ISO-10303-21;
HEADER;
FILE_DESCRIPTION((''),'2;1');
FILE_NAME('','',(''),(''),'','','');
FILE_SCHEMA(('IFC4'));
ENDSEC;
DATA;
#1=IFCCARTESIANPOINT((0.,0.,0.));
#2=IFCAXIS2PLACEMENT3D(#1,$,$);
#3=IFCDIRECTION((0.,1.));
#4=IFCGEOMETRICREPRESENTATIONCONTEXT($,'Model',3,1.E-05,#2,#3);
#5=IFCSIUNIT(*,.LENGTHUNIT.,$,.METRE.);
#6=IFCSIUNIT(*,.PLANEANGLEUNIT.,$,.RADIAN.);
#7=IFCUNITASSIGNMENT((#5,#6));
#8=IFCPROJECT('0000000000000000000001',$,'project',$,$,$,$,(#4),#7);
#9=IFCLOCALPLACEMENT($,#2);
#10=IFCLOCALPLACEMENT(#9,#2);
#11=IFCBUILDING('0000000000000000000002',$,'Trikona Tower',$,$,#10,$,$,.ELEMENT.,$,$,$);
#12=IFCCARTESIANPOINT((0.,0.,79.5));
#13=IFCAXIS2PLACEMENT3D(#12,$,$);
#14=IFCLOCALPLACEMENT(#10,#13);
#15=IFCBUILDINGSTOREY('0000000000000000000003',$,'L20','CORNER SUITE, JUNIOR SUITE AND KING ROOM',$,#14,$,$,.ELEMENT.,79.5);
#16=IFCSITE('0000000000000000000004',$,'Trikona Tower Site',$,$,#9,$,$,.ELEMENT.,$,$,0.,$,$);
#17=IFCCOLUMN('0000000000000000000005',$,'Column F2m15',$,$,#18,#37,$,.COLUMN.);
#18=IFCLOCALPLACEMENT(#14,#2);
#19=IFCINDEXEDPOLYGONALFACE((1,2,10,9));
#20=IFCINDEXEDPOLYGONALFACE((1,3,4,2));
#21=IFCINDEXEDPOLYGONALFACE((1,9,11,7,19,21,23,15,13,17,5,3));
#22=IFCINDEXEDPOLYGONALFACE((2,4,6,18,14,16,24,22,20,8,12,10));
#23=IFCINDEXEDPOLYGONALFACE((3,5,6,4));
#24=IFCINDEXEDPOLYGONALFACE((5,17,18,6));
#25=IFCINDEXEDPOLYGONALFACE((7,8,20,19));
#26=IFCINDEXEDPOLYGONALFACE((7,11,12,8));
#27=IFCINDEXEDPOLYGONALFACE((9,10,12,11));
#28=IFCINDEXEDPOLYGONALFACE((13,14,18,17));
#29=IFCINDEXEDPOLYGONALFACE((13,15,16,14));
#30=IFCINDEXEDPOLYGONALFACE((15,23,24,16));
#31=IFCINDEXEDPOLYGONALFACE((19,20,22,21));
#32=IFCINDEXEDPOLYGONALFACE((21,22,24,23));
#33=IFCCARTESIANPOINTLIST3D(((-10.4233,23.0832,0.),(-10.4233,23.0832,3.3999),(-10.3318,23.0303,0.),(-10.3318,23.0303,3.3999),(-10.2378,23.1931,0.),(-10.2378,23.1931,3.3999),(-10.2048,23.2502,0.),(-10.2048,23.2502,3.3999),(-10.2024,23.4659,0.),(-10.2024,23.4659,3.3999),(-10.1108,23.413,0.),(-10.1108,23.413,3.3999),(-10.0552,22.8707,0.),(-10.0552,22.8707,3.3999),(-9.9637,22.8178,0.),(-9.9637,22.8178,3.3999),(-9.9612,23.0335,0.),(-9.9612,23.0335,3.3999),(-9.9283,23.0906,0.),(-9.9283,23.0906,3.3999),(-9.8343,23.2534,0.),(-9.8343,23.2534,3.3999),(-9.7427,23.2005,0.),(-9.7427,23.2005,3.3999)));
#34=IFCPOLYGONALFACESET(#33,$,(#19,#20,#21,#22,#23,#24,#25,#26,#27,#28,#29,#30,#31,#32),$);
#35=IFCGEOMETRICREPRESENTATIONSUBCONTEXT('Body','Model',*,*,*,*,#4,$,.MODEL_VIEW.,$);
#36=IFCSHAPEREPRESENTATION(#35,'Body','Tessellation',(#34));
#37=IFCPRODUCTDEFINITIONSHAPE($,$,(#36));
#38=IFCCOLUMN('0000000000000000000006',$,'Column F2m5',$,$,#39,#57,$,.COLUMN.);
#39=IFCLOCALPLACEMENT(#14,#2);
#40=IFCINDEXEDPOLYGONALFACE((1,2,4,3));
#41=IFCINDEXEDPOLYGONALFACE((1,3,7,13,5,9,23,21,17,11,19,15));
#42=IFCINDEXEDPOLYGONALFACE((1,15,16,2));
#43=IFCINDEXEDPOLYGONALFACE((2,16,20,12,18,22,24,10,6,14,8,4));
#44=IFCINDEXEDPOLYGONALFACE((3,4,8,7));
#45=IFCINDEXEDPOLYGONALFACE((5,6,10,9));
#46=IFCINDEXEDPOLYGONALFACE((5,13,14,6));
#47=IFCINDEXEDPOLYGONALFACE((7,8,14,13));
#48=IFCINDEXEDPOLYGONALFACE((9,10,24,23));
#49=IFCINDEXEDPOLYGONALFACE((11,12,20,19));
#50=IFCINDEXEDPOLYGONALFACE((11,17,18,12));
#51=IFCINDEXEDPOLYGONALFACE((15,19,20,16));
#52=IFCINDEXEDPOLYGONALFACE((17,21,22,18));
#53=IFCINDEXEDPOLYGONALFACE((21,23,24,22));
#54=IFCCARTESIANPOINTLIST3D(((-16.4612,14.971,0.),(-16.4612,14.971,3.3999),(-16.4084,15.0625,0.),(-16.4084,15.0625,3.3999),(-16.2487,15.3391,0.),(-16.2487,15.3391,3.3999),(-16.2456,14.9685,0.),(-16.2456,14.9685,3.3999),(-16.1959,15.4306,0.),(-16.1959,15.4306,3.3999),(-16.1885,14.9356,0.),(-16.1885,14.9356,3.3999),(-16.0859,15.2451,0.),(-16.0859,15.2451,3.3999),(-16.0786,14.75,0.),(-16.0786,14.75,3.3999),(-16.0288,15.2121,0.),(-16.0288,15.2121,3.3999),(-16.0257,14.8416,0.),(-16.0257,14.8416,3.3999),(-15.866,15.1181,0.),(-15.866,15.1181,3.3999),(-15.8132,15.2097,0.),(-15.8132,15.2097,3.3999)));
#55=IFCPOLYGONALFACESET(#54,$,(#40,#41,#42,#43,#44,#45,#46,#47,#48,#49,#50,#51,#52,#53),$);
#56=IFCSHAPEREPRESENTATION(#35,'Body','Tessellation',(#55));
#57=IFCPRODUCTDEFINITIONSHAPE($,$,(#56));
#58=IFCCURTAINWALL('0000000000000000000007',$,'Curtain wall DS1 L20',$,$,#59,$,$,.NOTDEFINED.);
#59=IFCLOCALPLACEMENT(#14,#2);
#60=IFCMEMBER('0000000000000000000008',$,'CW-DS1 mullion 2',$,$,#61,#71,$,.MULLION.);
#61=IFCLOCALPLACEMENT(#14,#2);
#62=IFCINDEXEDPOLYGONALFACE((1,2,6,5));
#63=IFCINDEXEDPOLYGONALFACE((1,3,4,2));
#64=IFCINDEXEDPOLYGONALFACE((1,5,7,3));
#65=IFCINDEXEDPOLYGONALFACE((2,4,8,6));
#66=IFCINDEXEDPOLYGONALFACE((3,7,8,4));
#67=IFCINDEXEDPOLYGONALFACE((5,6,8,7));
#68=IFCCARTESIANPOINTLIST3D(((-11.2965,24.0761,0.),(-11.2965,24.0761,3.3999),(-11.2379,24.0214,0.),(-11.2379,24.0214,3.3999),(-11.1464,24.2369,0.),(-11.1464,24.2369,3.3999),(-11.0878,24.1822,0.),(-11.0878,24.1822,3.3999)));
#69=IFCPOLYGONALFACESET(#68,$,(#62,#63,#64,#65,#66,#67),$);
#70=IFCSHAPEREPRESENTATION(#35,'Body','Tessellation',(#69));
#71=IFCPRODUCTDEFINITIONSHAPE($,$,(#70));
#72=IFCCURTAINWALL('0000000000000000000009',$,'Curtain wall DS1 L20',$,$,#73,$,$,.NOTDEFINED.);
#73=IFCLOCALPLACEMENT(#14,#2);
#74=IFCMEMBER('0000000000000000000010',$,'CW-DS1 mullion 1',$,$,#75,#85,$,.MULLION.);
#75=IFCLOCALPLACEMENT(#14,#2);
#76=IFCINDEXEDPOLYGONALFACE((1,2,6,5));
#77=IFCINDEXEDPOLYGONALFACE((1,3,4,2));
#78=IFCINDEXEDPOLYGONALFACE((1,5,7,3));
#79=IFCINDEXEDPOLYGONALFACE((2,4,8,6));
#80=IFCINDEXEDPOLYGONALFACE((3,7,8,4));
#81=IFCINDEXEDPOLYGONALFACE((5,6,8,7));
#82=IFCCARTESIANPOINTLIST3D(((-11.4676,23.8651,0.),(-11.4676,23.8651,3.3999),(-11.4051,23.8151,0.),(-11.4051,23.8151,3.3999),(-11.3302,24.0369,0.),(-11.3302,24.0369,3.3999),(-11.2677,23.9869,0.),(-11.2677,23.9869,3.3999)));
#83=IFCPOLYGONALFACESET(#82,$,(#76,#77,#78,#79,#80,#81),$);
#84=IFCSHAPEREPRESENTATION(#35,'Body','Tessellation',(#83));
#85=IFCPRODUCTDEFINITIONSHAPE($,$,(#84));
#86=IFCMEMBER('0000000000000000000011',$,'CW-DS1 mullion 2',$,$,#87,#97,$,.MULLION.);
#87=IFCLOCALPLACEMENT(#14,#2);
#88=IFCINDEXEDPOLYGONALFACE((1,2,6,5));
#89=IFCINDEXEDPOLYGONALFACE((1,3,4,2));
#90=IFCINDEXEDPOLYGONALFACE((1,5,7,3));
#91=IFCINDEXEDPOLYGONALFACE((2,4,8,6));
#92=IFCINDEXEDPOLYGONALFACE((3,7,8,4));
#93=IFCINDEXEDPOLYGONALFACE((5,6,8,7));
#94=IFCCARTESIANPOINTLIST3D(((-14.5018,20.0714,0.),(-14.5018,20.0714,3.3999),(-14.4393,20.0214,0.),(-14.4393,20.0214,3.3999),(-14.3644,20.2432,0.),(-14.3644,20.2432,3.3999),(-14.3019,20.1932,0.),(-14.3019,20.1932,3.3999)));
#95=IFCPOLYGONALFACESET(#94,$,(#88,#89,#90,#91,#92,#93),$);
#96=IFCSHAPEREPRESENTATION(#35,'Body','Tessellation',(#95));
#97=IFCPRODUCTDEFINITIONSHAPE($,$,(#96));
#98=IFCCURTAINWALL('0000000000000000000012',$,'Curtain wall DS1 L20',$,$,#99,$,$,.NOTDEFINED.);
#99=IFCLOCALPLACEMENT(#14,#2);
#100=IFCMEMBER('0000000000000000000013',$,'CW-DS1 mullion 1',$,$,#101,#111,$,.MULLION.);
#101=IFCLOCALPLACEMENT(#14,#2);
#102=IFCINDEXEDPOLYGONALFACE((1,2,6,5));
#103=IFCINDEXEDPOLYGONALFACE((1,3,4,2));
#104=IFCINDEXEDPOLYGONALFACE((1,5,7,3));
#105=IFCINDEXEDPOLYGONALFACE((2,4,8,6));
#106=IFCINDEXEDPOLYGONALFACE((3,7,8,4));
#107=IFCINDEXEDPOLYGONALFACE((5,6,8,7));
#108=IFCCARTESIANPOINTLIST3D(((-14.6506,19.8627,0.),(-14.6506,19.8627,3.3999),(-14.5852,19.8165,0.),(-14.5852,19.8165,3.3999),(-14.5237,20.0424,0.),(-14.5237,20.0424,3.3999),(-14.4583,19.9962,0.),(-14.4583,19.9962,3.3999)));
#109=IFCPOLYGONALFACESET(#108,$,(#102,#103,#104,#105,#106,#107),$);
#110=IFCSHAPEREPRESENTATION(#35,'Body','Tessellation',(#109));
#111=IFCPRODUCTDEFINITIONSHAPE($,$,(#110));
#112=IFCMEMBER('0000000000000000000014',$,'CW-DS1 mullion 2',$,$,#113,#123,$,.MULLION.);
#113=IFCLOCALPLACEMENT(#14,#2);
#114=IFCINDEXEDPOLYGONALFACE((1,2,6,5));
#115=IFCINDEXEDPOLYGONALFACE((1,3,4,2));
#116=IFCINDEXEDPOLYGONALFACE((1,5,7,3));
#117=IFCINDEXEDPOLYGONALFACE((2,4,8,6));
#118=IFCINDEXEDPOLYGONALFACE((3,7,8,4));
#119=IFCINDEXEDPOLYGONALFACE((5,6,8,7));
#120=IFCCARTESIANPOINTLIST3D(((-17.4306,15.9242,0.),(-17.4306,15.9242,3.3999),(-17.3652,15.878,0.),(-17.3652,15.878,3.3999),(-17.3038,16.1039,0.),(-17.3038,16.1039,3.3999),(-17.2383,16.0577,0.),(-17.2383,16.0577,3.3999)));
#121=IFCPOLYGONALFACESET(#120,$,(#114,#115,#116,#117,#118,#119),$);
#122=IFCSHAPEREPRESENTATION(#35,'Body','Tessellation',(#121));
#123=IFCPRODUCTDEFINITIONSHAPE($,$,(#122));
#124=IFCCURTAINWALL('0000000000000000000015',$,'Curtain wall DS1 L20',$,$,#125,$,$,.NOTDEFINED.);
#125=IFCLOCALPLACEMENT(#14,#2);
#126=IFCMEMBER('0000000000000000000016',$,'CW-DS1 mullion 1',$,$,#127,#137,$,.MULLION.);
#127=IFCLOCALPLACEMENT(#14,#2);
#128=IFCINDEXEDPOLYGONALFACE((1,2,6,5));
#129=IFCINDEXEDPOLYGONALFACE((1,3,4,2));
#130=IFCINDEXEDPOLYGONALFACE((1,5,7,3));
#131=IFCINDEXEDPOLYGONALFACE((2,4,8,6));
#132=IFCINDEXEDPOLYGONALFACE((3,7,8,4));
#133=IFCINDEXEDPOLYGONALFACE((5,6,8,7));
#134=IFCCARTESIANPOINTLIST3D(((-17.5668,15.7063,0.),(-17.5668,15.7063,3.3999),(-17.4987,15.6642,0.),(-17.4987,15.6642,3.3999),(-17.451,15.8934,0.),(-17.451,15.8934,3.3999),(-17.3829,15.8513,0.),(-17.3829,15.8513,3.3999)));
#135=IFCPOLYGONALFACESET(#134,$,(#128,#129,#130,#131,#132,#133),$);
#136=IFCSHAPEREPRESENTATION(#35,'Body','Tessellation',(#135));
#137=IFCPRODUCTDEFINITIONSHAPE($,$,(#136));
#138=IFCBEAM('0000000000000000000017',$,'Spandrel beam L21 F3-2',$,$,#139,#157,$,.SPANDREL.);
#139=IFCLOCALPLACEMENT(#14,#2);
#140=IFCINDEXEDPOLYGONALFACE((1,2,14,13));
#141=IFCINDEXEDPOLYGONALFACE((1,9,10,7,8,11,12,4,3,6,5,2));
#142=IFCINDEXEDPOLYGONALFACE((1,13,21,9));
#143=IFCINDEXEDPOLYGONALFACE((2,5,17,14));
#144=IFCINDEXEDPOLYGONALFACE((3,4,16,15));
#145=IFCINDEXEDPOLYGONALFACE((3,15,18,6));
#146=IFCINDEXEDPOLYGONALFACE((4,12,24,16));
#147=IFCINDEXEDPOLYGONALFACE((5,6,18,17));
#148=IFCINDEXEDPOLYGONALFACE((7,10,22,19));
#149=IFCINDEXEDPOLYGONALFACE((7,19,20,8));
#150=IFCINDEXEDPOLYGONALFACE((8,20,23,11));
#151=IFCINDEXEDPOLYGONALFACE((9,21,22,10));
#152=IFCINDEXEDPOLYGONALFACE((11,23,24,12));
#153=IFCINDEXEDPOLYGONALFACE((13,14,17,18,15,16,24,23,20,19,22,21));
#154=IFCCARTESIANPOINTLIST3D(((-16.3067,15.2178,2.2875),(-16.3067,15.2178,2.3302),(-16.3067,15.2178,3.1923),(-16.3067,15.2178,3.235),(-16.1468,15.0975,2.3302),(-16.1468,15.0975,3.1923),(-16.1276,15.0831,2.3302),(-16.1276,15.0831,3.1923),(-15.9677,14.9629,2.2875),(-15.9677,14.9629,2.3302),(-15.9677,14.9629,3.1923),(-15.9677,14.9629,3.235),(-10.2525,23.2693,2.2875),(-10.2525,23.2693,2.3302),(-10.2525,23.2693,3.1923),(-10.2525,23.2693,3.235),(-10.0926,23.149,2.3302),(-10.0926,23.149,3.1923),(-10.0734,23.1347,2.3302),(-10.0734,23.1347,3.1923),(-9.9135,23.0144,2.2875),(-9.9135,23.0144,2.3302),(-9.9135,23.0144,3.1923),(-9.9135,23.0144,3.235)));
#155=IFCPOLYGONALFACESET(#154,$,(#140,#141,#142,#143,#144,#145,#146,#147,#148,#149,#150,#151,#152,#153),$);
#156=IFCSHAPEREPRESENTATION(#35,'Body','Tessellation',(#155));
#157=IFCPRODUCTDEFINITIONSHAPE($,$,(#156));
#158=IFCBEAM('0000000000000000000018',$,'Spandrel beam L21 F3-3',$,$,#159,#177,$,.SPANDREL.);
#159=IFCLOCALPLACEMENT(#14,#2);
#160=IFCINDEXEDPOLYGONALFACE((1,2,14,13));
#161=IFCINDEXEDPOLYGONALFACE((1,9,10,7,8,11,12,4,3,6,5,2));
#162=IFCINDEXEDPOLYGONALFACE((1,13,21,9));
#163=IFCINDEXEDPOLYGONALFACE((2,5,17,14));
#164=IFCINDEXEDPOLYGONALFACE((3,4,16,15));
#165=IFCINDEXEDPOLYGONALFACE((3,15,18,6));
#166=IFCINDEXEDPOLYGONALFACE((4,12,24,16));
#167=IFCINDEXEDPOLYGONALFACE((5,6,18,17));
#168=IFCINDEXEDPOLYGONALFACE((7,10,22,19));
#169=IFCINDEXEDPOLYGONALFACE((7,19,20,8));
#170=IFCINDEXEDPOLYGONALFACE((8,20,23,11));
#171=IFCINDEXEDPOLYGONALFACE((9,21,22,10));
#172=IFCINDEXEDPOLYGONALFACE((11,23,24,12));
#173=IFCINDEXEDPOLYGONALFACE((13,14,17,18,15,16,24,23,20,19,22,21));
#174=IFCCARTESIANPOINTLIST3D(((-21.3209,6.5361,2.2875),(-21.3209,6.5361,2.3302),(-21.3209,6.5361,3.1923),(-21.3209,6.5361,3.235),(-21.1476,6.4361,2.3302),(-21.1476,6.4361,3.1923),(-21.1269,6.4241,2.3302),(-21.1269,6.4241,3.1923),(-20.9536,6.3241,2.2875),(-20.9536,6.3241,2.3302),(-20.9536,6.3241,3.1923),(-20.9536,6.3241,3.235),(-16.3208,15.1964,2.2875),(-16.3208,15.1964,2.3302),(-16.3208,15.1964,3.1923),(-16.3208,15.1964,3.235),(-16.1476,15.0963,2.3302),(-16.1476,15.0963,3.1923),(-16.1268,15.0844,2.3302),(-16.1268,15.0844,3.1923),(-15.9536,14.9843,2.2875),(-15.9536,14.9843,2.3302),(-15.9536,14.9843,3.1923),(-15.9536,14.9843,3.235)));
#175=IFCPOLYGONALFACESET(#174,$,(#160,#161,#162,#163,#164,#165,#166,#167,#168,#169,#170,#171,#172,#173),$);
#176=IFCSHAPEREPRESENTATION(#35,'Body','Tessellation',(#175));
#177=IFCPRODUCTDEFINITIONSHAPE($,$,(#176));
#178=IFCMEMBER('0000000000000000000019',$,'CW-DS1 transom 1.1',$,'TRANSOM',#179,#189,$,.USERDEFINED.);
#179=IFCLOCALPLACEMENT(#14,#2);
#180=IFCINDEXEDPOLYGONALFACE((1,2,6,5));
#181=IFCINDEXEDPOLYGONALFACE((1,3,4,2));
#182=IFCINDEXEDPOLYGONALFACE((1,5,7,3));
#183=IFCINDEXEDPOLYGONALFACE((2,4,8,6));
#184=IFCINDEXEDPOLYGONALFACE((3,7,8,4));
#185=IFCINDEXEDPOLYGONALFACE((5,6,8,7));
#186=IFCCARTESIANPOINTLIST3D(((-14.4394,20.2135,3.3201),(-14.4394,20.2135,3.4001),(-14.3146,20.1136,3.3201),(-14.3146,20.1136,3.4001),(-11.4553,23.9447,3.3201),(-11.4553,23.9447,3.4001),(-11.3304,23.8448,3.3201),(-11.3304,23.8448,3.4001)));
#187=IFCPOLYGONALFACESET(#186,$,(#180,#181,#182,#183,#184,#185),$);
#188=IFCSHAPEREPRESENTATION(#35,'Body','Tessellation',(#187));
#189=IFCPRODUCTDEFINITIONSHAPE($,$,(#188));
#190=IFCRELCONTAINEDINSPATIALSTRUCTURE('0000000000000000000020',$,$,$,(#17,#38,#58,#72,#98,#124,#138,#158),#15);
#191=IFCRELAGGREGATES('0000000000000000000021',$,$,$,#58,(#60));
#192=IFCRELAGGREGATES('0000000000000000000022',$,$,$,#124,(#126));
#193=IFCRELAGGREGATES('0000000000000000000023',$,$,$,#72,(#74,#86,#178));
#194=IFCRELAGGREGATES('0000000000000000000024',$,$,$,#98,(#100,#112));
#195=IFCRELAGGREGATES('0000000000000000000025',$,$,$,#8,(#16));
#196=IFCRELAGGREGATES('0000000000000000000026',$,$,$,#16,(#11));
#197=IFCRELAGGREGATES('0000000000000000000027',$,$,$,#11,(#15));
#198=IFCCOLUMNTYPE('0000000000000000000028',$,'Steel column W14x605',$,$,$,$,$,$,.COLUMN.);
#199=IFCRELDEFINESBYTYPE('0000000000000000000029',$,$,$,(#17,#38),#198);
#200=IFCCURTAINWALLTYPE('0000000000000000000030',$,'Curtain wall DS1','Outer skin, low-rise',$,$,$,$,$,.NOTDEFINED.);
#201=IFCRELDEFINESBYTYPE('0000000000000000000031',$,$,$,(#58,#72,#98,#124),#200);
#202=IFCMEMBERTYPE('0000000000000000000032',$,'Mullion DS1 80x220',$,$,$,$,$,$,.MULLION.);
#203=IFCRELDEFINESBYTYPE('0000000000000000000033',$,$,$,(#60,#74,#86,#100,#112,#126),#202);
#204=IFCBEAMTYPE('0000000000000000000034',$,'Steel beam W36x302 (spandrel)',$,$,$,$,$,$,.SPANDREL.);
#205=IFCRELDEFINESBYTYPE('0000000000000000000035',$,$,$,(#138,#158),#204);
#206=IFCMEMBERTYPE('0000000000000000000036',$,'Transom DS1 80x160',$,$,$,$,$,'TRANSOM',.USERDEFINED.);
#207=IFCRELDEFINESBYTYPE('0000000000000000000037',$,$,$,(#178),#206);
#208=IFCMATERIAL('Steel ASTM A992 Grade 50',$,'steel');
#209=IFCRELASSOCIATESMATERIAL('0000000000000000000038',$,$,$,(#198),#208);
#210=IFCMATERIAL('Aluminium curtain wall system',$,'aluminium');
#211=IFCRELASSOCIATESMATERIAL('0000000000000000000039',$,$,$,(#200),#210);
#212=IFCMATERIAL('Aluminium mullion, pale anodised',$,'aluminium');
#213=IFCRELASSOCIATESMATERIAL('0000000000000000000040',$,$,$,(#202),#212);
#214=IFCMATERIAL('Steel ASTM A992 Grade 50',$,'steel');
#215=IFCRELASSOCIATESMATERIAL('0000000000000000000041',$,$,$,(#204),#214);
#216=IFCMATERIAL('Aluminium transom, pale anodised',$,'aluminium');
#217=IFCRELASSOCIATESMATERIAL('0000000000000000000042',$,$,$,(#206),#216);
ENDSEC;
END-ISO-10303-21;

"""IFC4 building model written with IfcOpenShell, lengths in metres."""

from ifc_helpers import new_model, si_unit, direction, frame, origin, origin_2d, place, context, subcontext, project, spatial, rectangle, i_section, extrude, material, material_profile, profile_set, type_object, element, aggregate, save


model = new_model("IFC4")

# Units and contexts
model_context = context("Model", 3, precision=1e-05, world=origin(), true_north=direction((0.0, 1.0)))
body_context = subcontext(model_context, "Body", "Model", "MODEL_VIEW")
ifc_project = project(units=[si_unit("LENGTHUNIT", "METRE"), si_unit("PLANEANGLEUNIT", "RADIAN")], contexts=[model_context])

# Site, building, storey
site_placement = place(None, origin())
site = spatial("IfcSite", under=ifc_project, at=site_placement, Name="Trikona Tower Site", CompositionType="ELEMENT", RefElevation=0.0)
building_placement = place(site_placement, origin())
building = spatial("IfcBuilding", under=site, at=building_placement, Name="Trikona Tower", CompositionType="ELEMENT")
storey_placement = place(building_placement, frame((0.0, 0.0, 79.5)))
storey = spatial("IfcBuildingStorey", under=building, at=storey_placement, Name="L20", Description="CORNER SUITE, JUNIOR SUITE AND KING ROOM", CompositionType="ELEMENT", Elevation=79.5)

# Columns
ifc_material_1 = material(Name="Steel ASTM A992 Grade 50", Category="steel")
ifc_material_profile_1 = material_profile(ifc_material_1, i_section(OverallWidth=0.4419, OverallDepth=0.5308, WebThickness=0.0659, FlangeThickness=0.1057, at=origin_2d()), Name="W14X605")
ifc_profile_set_1 = profile_set([ifc_material_profile_1], Name="Steel ASTM A992 Grade 50")
column_type = type_object("IfcColumnType", Name="Steel column W14x605", PredefinedType="COLUMN", material=ifc_profile_set_1)
for number, where, z_axis, x_axis, name in (
    (1, (-10.083, 23.1418, 0.0), (0.0, 0.0, 1.0), (-0.5, -0.866025, 0.0), "Column F2m15"),
    (2, (-16.1372, 15.0903, 0.0), (0.0, 0.0, 1.0), (-0.866025, 0.5, 0.0), "Column F2m5"),
):
    element("IfcColumn", number, at=place(storey_placement, frame(where, z_axis=z_axis, x_axis=x_axis)), inside=storey, type_object=column_type, Name=name, PredefinedType="COLUMN", context=body_context, shape_type="SweptSolid", body=[
        extrude(i_section(OverallWidth=0.4419, OverallDepth=0.5308, WebThickness=0.0659, FlangeThickness=0.1057, at=origin_2d()), origin(), (0.0, 0.0, 1.0), 3.3999),
    ])

# Curtain wall, member
ifc_material_2 = material(Name="Aluminium curtain wall system", Category="aluminium")
curtain_wall_type = type_object("IfcCurtainWallType", Name="Curtain wall DS1", Description="Outer skin, low-rise", PredefinedType="NOTDEFINED", material=ifc_material_2)
curtain_wall_1_placement = place(storey_placement, origin())
curtain_wall_1 = element("IfcCurtainWall", 3, at=curtain_wall_1_placement, inside=storey, type_object=curtain_wall_type, Name="Curtain wall DS1 L20", PredefinedType="NOTDEFINED")
ifc_material_3 = material(Name="Aluminium mullion, pale anodised", Category="aluminium")
ifc_material_profile_2 = material_profile(ifc_material_3, rectangle(XDim=0.0801, YDim=0.22, at=origin_2d()), Name="MUL-DS1")
ifc_profile_set_2 = profile_set([ifc_material_profile_2], Name="Aluminium mullion, pale anodised")
member_type_1 = type_object("IfcMemberType", Name="Mullion DS1 80x220", PredefinedType="MULLION", material=ifc_profile_set_2)
member_1_placement = place(storey_placement, frame((-11.1921, 24.1292, 0.0), z_axis=(0.0, 0.0, 1.0), x_axis=(0.731077, -0.682295, 0.0)))
member_1 = element("IfcMember", 4, at=member_1_placement, type_object=member_type_1, Name="CW-DS1 mullion 2", PredefinedType="MULLION", context=body_context, shape_type="SweptSolid", body=[
    extrude(rectangle(XDim=0.0801, YDim=0.22, at=origin_2d()), origin(), (0.0, 0.0, 1.0), 3.3999),
])
aggregate(curtain_wall_1, [member_1])

# Curtain walls, members
curtain_wall_2_placement = place(storey_placement, origin())
curtain_wall_2 = element("IfcCurtainWall", 5, at=curtain_wall_2_placement, inside=storey, type_object=curtain_wall_type, Name="Curtain wall DS1 L20", PredefinedType="NOTDEFINED")
member_2_placement = place(storey_placement, frame((-11.3677, 23.926, 0.0), z_axis=(0.0, 0.0, 1.0), x_axis=(0.780938, -0.624609, 0.0)))
member_2 = element("IfcMember", 6, at=member_2_placement, type_object=member_type_1, Name="CW-DS1 mullion 1", PredefinedType="MULLION", context=body_context, shape_type="SweptSolid", body=[
    extrude(rectangle(XDim=0.0801, YDim=0.22, at=origin_2d()), origin(), (0.0, 0.0, 1.0), 3.3999),
])
member_3_placement = place(storey_placement, frame((-14.4019, 20.1323, 0.0), z_axis=(0.0, 0.0, 1.0), x_axis=(0.780938, -0.624609, 0.0)))
member_3 = element("IfcMember", 7, at=member_3_placement, type_object=member_type_1, Name="CW-DS1 mullion 2", PredefinedType="MULLION", context=body_context, shape_type="SweptSolid", body=[
    extrude(rectangle(XDim=0.0801, YDim=0.22, at=origin_2d()), origin(), (0.0, 0.0, 1.0), 3.3999),
])
curtain_wall_3_placement = place(storey_placement, origin())
curtain_wall_3 = element("IfcCurtainWall", 8, at=curtain_wall_3_placement, inside=storey, type_object=curtain_wall_type, Name="Curtain wall DS1 L20", PredefinedType="NOTDEFINED")
member_4_placement = place(storey_placement, frame((-14.5544, 19.9294, 0.0), z_axis=(0.0, 0.0, 1.0), x_axis=(0.816985, -0.576658, 0.0)))
member_4 = element("IfcMember", 9, at=member_4_placement, type_object=member_type_1, Name="CW-DS1 mullion 1", PredefinedType="MULLION", context=body_context, shape_type="SweptSolid", body=[
    extrude(rectangle(XDim=0.0801, YDim=0.22, at=origin_2d()), origin(), (0.0, 0.0, 1.0), 3.3999),
])
member_5_placement = place(storey_placement, frame((-17.3345, 15.991, 0.0), z_axis=(0.0, 0.0, 1.0), x_axis=(0.816985, -0.576658, 0.0)))
member_5 = element("IfcMember", 10, at=member_5_placement, type_object=member_type_1, Name="CW-DS1 mullion 2", PredefinedType="MULLION", context=body_context, shape_type="SweptSolid", body=[
    extrude(rectangle(XDim=0.0801, YDim=0.22, at=origin_2d()), origin(), (0.0, 0.0, 1.0), 3.3999),
])

# Curtain wall, member
curtain_wall_4_placement = place(storey_placement, origin())
curtain_wall_4 = element("IfcCurtainWall", 11, at=curtain_wall_4_placement, inside=storey, type_object=curtain_wall_type, Name="Curtain wall DS1 L20", PredefinedType="NOTDEFINED")
member_6_placement = place(storey_placement, frame((-17.4749, 15.7788, 0.0), z_axis=(0.0, 0.0, 1.0), x_axis=(0.85041, -0.52612, 0.0)))
member_6 = element("IfcMember", 12, at=member_6_placement, type_object=member_type_1, Name="CW-DS1 mullion 1", PredefinedType="MULLION", context=body_context, shape_type="SweptSolid", body=[
    extrude(rectangle(XDim=0.0801, YDim=0.22, at=origin_2d()), origin(), (0.0, 0.0, 1.0), 3.3999),
])

# Beams
ifc_material_4 = material(Name="Steel ASTM A992 Grade 50", Category="steel")
ifc_material_profile_3 = material_profile(ifc_material_4, i_section(OverallWidth=0.4241, OverallDepth=0.9475, WebThickness=0.0239, FlangeThickness=0.0427, at=origin_2d()), Name="W36X302")
ifc_profile_set_3 = profile_set([ifc_material_profile_3], Name="Steel ASTM A992 Grade 50")
beam_type = type_object("IfcBeamType", Name="Steel beam W36x302 (spandrel)", PredefinedType="SPANDREL", material=ifc_profile_set_3)
beam_1_placement = place(storey_placement, frame((-10.083, 23.1418, 2.7612), z_axis=(-0.600988, -0.799258, 0.0), x_axis=(0.799258, -0.600988, 0.0)))
element("IfcBeam", 13, at=beam_1_placement, inside=storey, type_object=beam_type, Name="Spandrel beam L21 F3-2", PredefinedType="SPANDREL", context=body_context, shape_type="SweptSolid", body=[
    extrude(i_section(OverallWidth=0.4241, OverallDepth=0.9475, WebThickness=0.0239, FlangeThickness=0.0427, at=origin_2d()), origin(), (0.0, 0.0, 1.0), 10.0737),
])
beam_2_placement = place(storey_placement, frame((-16.1372, 15.0903, 2.7612), z_axis=(-0.500004, -0.866023, 0.0), x_axis=(0.866023, -0.500004, 0.0)))
element("IfcBeam", 14, at=beam_2_placement, inside=storey, type_object=beam_type, Name="Spandrel beam L21 F3-3", PredefinedType="SPANDREL", context=body_context, shape_type="SweptSolid", body=[
    extrude(i_section(OverallWidth=0.4241, OverallDepth=0.9475, WebThickness=0.0239, FlangeThickness=0.0427, at=origin_2d()), origin(), (0.0, 0.0, 1.0), 10.0),
])

# Member
ifc_material_5 = material(Name="Aluminium transom, pale anodised", Category="aluminium")
ifc_material_profile_4 = material_profile(ifc_material_5, rectangle(XDim=0.1599, YDim=0.0801, at=origin_2d()), Name="TRN-DS1")
ifc_profile_set_4 = profile_set([ifc_material_profile_4], Name="Aluminium transom, pale anodised")
member_type_2 = type_object("IfcMemberType", Name="Transom DS1 80x160", ElementType="TRANSOM", PredefinedType="USERDEFINED", material=ifc_profile_set_4)
member_7_placement = place(storey_placement, frame((-11.3928, 23.8948, 3.3601), z_axis=(-0.624589, -0.780954, 0.0), x_axis=(0.780954, -0.624589, 0.0)))
member_7 = element("IfcMember", 15, at=member_7_placement, type_object=member_type_2, Name="CW-DS1 transom 1.1", ObjectType="TRANSOM", PredefinedType="USERDEFINED", context=body_context, shape_type="SweptSolid", body=[
    extrude(rectangle(XDim=0.1599, YDim=0.0801, at=origin_2d()), origin(), (0.0, 0.0, 1.0), 4.7778),
])
aggregate(curtain_wall_4, [member_6])

aggregate(curtain_wall_2, [member_2, member_3, member_7])
aggregate(curtain_wall_3, [member_4, member_5])

save(model, "model.ifc")
